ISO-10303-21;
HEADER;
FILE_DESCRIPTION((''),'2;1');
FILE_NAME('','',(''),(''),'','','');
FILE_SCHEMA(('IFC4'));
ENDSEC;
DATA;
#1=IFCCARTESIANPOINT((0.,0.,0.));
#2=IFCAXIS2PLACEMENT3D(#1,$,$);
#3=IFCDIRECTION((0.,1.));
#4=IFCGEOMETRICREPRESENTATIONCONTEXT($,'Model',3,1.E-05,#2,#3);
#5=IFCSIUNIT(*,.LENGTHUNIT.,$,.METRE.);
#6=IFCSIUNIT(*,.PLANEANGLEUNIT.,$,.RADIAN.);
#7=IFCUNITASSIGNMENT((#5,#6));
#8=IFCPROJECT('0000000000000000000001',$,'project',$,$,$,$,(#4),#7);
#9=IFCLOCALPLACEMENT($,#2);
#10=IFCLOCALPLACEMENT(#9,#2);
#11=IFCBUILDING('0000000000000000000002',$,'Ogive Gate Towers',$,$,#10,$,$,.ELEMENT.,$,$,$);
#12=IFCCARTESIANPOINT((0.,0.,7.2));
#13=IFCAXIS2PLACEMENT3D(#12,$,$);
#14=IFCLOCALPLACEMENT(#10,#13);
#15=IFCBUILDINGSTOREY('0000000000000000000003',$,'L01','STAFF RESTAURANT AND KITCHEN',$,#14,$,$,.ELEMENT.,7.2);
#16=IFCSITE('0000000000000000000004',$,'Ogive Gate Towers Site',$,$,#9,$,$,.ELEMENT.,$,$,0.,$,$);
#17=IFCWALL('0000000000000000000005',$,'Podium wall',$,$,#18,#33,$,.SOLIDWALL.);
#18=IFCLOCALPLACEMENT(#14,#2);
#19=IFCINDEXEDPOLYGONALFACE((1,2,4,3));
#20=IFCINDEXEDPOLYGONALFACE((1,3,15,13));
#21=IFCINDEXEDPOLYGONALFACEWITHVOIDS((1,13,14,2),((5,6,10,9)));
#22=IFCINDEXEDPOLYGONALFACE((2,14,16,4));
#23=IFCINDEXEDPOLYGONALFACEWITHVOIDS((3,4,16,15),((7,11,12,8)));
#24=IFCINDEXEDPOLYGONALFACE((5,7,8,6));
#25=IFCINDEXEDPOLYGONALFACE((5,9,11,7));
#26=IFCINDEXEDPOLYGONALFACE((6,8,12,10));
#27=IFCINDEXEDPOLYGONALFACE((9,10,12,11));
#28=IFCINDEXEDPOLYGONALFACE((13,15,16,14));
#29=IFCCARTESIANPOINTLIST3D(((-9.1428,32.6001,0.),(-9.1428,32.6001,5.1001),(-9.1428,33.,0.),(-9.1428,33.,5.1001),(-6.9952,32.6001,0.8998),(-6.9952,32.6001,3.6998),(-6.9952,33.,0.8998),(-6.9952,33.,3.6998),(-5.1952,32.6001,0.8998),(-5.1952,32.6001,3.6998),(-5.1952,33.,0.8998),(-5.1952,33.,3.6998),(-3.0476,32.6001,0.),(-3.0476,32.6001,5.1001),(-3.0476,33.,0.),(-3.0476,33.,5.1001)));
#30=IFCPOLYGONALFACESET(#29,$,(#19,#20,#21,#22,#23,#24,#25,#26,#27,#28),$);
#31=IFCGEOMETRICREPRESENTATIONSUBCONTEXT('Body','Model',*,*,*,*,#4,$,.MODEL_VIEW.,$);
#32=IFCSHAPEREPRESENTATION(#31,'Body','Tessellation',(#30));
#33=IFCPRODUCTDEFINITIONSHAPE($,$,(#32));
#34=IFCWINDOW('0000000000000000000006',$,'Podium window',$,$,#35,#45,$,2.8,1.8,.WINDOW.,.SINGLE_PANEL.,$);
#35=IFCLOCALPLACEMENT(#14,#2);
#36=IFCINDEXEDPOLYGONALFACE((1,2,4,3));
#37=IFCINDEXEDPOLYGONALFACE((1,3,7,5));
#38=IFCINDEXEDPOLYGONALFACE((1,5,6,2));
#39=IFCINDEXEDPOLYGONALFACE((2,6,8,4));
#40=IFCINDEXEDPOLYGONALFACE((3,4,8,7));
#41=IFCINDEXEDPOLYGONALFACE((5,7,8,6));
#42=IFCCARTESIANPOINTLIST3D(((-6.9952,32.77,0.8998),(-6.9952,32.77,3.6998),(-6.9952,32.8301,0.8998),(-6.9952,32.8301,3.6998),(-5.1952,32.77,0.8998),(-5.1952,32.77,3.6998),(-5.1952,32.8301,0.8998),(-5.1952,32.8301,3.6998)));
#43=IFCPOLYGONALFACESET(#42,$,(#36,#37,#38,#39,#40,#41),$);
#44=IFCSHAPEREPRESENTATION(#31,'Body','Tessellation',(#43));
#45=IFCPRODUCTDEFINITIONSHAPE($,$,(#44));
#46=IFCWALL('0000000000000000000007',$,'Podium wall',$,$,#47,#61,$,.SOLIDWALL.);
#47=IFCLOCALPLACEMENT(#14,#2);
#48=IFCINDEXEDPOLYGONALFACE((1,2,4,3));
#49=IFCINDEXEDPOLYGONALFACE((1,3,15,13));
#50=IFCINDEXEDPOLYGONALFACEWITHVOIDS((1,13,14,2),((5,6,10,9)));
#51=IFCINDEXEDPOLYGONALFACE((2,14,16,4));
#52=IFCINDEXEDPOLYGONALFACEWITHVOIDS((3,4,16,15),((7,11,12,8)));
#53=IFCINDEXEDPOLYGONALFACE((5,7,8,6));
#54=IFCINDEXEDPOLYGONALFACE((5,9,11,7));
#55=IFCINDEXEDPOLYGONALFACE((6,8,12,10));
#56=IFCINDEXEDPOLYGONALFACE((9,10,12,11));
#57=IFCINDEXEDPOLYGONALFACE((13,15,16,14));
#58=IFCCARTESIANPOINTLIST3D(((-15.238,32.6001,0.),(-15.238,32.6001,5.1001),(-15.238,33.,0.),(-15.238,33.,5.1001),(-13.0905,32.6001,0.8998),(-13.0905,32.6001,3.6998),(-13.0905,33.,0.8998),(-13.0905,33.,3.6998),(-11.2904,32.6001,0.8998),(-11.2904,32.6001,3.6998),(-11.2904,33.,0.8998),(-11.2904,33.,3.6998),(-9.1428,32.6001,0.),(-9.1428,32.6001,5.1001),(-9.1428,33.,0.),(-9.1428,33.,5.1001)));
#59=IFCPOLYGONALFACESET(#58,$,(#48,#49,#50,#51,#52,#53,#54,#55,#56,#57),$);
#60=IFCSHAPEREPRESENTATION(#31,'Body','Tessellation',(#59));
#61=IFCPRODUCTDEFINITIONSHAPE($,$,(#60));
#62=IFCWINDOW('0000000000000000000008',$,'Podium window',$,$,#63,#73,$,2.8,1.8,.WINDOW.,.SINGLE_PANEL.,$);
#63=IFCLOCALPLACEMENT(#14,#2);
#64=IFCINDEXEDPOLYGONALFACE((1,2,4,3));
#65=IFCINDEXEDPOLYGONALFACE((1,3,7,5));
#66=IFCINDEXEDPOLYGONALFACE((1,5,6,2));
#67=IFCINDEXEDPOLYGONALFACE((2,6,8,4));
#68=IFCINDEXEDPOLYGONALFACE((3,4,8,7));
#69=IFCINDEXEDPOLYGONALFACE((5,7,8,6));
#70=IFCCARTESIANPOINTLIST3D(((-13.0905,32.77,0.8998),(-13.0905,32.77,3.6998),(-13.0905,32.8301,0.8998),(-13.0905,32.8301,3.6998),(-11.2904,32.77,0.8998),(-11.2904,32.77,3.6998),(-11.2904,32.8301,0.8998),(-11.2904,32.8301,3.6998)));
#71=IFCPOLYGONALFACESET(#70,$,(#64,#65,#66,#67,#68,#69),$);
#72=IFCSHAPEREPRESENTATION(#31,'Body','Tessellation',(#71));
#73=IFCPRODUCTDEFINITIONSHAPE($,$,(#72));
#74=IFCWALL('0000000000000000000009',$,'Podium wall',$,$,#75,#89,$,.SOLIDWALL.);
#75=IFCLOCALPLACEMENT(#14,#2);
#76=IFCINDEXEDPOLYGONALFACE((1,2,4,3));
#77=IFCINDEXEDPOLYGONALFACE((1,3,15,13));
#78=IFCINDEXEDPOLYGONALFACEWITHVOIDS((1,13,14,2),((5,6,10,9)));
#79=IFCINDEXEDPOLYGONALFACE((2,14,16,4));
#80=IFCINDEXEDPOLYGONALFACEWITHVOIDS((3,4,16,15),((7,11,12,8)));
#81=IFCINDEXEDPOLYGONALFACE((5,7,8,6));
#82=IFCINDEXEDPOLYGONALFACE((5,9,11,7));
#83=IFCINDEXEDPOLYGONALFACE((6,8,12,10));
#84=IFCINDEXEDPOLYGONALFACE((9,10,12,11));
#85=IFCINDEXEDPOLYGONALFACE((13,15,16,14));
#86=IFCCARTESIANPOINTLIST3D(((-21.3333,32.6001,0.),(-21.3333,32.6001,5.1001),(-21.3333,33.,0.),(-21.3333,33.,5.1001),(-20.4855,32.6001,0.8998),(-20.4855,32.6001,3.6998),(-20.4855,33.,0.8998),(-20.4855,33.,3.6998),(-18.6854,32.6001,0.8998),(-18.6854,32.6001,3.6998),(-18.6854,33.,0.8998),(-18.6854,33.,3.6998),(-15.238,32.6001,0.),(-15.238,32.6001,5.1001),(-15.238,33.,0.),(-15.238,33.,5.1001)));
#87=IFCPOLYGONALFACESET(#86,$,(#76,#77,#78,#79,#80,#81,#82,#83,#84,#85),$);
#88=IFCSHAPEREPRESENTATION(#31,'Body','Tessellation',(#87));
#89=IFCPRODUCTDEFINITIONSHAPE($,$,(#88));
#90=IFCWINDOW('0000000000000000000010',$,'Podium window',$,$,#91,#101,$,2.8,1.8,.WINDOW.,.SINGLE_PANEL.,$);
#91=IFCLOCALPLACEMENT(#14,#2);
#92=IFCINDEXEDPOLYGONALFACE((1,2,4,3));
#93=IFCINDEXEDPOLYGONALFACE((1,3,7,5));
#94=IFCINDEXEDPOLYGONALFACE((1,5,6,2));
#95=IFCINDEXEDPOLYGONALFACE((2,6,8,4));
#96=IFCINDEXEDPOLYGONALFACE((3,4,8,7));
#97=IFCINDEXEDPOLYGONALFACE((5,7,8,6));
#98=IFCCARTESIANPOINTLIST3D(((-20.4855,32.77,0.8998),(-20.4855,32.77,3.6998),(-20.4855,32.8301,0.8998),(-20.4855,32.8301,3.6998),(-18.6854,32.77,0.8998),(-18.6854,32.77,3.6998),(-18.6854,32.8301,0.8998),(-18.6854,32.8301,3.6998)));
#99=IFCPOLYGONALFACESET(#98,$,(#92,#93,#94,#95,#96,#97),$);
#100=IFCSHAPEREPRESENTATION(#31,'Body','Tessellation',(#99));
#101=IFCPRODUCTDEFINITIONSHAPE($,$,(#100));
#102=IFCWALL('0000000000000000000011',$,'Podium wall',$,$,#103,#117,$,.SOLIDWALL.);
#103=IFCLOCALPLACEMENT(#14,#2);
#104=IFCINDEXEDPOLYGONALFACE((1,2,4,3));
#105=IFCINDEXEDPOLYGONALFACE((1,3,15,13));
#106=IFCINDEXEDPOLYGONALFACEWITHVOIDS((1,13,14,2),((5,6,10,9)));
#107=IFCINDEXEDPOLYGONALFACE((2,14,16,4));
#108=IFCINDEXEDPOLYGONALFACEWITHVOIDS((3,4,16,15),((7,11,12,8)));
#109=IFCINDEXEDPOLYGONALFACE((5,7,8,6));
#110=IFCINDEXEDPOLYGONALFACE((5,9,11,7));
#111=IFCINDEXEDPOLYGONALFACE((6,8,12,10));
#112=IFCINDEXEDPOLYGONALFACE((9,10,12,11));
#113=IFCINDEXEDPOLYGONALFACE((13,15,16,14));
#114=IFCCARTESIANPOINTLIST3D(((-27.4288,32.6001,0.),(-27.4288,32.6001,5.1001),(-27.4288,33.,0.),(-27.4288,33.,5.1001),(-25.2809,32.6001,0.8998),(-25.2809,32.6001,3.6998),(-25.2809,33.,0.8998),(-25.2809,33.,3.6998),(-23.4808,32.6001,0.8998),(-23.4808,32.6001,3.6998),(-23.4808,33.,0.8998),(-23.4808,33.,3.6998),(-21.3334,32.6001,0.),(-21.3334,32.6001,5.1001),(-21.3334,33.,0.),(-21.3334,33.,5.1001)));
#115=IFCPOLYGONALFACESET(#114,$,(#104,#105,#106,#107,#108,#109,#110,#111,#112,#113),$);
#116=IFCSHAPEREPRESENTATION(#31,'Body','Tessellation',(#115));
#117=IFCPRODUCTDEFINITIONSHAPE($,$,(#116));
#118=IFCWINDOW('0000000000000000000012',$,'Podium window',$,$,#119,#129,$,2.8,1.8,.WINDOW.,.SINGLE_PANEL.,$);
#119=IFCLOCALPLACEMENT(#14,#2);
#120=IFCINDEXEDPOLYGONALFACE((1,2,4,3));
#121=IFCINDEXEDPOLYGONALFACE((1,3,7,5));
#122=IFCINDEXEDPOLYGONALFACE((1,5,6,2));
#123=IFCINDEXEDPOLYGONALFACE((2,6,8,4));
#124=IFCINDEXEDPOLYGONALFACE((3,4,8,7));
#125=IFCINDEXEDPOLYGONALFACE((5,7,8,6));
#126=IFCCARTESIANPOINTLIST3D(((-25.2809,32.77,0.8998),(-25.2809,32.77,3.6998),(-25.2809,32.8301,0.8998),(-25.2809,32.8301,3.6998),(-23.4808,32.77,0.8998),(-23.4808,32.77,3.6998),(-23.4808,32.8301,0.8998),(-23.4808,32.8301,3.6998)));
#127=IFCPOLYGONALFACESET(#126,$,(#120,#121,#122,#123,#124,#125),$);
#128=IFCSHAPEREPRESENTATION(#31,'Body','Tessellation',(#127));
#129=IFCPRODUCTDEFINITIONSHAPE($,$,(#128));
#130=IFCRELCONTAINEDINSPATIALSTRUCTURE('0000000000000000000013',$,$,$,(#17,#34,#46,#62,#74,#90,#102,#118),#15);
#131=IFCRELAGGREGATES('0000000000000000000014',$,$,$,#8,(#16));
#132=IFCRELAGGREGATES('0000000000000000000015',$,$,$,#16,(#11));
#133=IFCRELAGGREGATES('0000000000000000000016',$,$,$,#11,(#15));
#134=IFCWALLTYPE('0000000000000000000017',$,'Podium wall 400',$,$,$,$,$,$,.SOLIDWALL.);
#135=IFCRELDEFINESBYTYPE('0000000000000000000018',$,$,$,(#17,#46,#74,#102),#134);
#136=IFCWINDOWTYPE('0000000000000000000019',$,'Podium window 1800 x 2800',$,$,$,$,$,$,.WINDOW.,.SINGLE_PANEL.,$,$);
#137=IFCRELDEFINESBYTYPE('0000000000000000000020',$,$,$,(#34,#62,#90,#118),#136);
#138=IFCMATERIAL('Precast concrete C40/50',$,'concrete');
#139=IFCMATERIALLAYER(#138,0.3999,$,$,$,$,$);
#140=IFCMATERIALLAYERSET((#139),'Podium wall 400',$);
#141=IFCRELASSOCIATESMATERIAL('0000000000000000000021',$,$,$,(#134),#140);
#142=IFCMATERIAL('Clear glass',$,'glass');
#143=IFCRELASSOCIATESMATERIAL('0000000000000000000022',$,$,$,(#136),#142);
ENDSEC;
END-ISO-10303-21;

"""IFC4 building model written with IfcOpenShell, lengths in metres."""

from ifc_helpers import new_model, si_unit, direction, frame, frame_2d, origin, place, context, subcontext, project, spatial, rectangle, extrude, material, layer, layer_set, type_object, element, fill, save


model = new_model("IFC4")

# Units and contexts
model_context = context("Model", 3, precision=1e-05, world=origin(), true_north=direction((0.0, 1.0)))
body_context = subcontext(model_context, "Body", "Model", "MODEL_VIEW")
ifc_project = project(units=[si_unit("LENGTHUNIT", "METRE"), si_unit("PLANEANGLEUNIT", "RADIAN")], contexts=[model_context])

# Site, building, storey
site_placement = place(None, origin())
site = spatial("IfcSite", under=ifc_project, at=site_placement, Name="Ogive Gate Towers Site", CompositionType="ELEMENT", RefElevation=0.0)
building_placement = place(site_placement, origin())
building = spatial("IfcBuilding", under=site, at=building_placement, Name="Ogive Gate Towers", CompositionType="ELEMENT")
storey_placement = place(building_placement, frame((0.0, 0.0, 7.2)))
storey = spatial("IfcBuildingStorey", under=building, at=storey_placement, Name="L01", Description="STAFF RESTAURANT AND KITCHEN", CompositionType="ELEMENT", Elevation=7.2)

# Walls, openings, windows
ifc_material_1 = material(Name="Precast concrete C40/50", Category="concrete")
ifc_layer = layer(ifc_material_1, 0.3999)
ifc_layer_set = layer_set([ifc_layer], Name="Podium wall 400")
wall_type = type_object("IfcWallType", Name="Podium wall 400", PredefinedType="SOLIDWALL", material=ifc_layer_set)
wall_1_placement = place(storey_placement, frame((-3.0476, 32.8, 0.0), z_axis=(0.0, 0.0, 1.0), x_axis=(-1.0, 0.0, 0.0)))
wall_1 = element("IfcWall", 1, at=wall_1_placement, inside=storey, type_object=wall_type, Name="Podium wall", PredefinedType="SOLIDWALL", context=body_context, shape_type="SweptSolid", body=[
    extrude(rectangle(XDim=6.0952, YDim=0.3999, at=frame_2d((3.0476, 0.0))), origin(), (0.0, 0.0, 1.0), 5.1001),
])
opening_1_placement = place(wall_1_placement, frame((2.1477, 0.0, 0.8999)))
opening_1 = element("IfcOpeningElement", 2, at=opening_1_placement, cuts=wall_1, PredefinedType="OPENING", context=body_context, shape_type="SweptSolid", body=[
    extrude(rectangle(XDim=1.8, YDim=2.8, at=frame_2d((0.8999, 1.3999))), frame((0.0, 0.21, 0.0), z_axis=(0.0, -1.0, 0.0), x_axis=(1.0, 0.0, 0.0)), (0.0, 0.0, 1.0), 0.4199),
])
ifc_material_2 = material(Name="Clear glass", Category="glass")
window_type = type_object("IfcWindowType", Name="Podium window 1800 x 2800", PartitioningType="SINGLE_PANEL", PredefinedType="WINDOW", material=ifc_material_2)
window_1_placement = place(opening_1_placement, origin())
window_1 = element("IfcWindow", 3, at=window_1_placement, inside=storey, type_object=window_type, Name="Podium window", OverallHeight=2.8, OverallWidth=1.8, PartitioningType="SINGLE_PANEL", PredefinedType="WINDOW", context=body_context, shape_type="SweptSolid", body=[
    extrude(rectangle(XDim=1.8, YDim=2.8, at=frame_2d((0.8999, 1.3999))), frame((0.0, 0.03, 0.0), z_axis=(0.0, -1.0, 0.0), x_axis=(1.0, 0.0, 0.0)), (0.0, 0.0, 1.0), 0.0601),
])
fill(opening_1, window_1)
wall_2_placement = place(storey_placement, frame((-9.1428, 32.8, 0.0), z_axis=(0.0, 0.0, 1.0), x_axis=(-1.0, 0.0, 0.0)))
wall_2 = element("IfcWall", 4, at=wall_2_placement, inside=storey, type_object=wall_type, Name="Podium wall", PredefinedType="SOLIDWALL", context=body_context, shape_type="SweptSolid", body=[
    extrude(rectangle(XDim=6.0952, YDim=0.3999, at=frame_2d((3.0476, 0.0))), origin(), (0.0, 0.0, 1.0), 5.1001),
])
opening_2_placement = place(wall_2_placement, frame((2.1477, 0.0, 0.8999)))
opening_2 = element("IfcOpeningElement", 5, at=opening_2_placement, cuts=wall_2, PredefinedType="OPENING", context=body_context, shape_type="SweptSolid", body=[
    extrude(rectangle(XDim=1.8, YDim=2.8, at=frame_2d((0.8999, 1.3999))), frame((0.0, 0.21, 0.0), z_axis=(0.0, -1.0, 0.0), x_axis=(1.0, 0.0, 0.0)), (0.0, 0.0, 1.0), 0.4199),
])
window_2_placement = place(opening_2_placement, origin())
window_2 = element("IfcWindow", 6, at=window_2_placement, inside=storey, type_object=window_type, Name="Podium window", OverallHeight=2.8, OverallWidth=1.8, PartitioningType="SINGLE_PANEL", PredefinedType="WINDOW", context=body_context, shape_type="SweptSolid", body=[
    extrude(rectangle(XDim=1.8, YDim=2.8, at=frame_2d((0.8999, 1.3999))), frame((0.0, 0.03, 0.0), z_axis=(0.0, -1.0, 0.0), x_axis=(1.0, 0.0, 0.0)), (0.0, 0.0, 1.0), 0.0601),
])
fill(opening_2, window_2)
wall_3_placement = place(storey_placement, frame((-15.238, 32.8, 0.0), z_axis=(0.0, 0.0, 1.0), x_axis=(-1.0, 0.0, 0.0)))
wall_3 = element("IfcWall", 7, at=wall_3_placement, inside=storey, type_object=wall_type, Name="Podium wall", PredefinedType="SOLIDWALL", context=body_context, shape_type="SweptSolid", body=[
    extrude(rectangle(XDim=6.0952, YDim=0.3999, at=frame_2d((3.0476, 0.0))), origin(), (0.0, 0.0, 1.0), 5.1001),
])
opening_3_placement = place(wall_3_placement, frame((3.4475, 0.0, 0.8999)))
opening_3 = element("IfcOpeningElement", 8, at=opening_3_placement, cuts=wall_3, PredefinedType="OPENING", context=body_context, shape_type="SweptSolid", body=[
    extrude(rectangle(XDim=1.8, YDim=2.8, at=frame_2d((0.8999, 1.3999))), frame((0.0, 0.21, 0.0), z_axis=(0.0, -1.0, 0.0), x_axis=(1.0, 0.0, 0.0)), (0.0, 0.0, 1.0), 0.4199),
])
window_3_placement = place(opening_3_placement, origin())
window_3 = element("IfcWindow", 9, at=window_3_placement, inside=storey, type_object=window_type, Name="Podium window", OverallHeight=2.8, OverallWidth=1.8, PartitioningType="SINGLE_PANEL", PredefinedType="WINDOW", context=body_context, shape_type="SweptSolid", body=[
    extrude(rectangle(XDim=1.8, YDim=2.8, at=frame_2d((0.8999, 1.3999))), frame((0.0, 0.03, 0.0), z_axis=(0.0, -1.0, 0.0), x_axis=(1.0, 0.0, 0.0)), (0.0, 0.0, 1.0), 0.0601),
])
fill(opening_3, window_3)
wall_4_placement = place(storey_placement, frame((-21.3333, 32.8, 0.0), z_axis=(0.0, 0.0, 1.0), x_axis=(-1.0, 0.0, 0.0)))
wall_4 = element("IfcWall", 10, at=wall_4_placement, inside=storey, type_object=wall_type, Name="Podium wall", PredefinedType="SOLIDWALL", context=body_context, shape_type="SweptSolid", body=[
    extrude(rectangle(XDim=6.0955, YDim=0.3999, at=frame_2d((3.0479, 0.0))), origin(), (0.0, 0.0, 1.0), 5.1001),
])
opening_4_placement = place(wall_4_placement, frame((2.1477, 0.0, 0.8999)))
opening_4 = element("IfcOpeningElement", 11, at=opening_4_placement, cuts=wall_4, PredefinedType="OPENING", context=body_context, shape_type="SweptSolid", body=[
    extrude(rectangle(XDim=1.8, YDim=2.8, at=frame_2d((0.8999, 1.3999))), frame((0.0, 0.21, 0.0), z_axis=(0.0, -1.0, 0.0), x_axis=(1.0, 0.0, 0.0)), (0.0, 0.0, 1.0), 0.4199),
])
window_4_placement = place(opening_4_placement, origin())
window_4 = element("IfcWindow", 12, at=window_4_placement, inside=storey, type_object=window_type, Name="Podium window", OverallHeight=2.8, OverallWidth=1.8, PartitioningType="SINGLE_PANEL", PredefinedType="WINDOW", context=body_context, shape_type="SweptSolid", body=[
    extrude(rectangle(XDim=1.8, YDim=2.8, at=frame_2d((0.8999, 1.3999))), frame((0.0, 0.03, 0.0), z_axis=(0.0, -1.0, 0.0), x_axis=(1.0, 0.0, 0.0)), (0.0, 0.0, 1.0), 0.0601),
])
fill(opening_4, window_4)

save(model, "model.ifc")
